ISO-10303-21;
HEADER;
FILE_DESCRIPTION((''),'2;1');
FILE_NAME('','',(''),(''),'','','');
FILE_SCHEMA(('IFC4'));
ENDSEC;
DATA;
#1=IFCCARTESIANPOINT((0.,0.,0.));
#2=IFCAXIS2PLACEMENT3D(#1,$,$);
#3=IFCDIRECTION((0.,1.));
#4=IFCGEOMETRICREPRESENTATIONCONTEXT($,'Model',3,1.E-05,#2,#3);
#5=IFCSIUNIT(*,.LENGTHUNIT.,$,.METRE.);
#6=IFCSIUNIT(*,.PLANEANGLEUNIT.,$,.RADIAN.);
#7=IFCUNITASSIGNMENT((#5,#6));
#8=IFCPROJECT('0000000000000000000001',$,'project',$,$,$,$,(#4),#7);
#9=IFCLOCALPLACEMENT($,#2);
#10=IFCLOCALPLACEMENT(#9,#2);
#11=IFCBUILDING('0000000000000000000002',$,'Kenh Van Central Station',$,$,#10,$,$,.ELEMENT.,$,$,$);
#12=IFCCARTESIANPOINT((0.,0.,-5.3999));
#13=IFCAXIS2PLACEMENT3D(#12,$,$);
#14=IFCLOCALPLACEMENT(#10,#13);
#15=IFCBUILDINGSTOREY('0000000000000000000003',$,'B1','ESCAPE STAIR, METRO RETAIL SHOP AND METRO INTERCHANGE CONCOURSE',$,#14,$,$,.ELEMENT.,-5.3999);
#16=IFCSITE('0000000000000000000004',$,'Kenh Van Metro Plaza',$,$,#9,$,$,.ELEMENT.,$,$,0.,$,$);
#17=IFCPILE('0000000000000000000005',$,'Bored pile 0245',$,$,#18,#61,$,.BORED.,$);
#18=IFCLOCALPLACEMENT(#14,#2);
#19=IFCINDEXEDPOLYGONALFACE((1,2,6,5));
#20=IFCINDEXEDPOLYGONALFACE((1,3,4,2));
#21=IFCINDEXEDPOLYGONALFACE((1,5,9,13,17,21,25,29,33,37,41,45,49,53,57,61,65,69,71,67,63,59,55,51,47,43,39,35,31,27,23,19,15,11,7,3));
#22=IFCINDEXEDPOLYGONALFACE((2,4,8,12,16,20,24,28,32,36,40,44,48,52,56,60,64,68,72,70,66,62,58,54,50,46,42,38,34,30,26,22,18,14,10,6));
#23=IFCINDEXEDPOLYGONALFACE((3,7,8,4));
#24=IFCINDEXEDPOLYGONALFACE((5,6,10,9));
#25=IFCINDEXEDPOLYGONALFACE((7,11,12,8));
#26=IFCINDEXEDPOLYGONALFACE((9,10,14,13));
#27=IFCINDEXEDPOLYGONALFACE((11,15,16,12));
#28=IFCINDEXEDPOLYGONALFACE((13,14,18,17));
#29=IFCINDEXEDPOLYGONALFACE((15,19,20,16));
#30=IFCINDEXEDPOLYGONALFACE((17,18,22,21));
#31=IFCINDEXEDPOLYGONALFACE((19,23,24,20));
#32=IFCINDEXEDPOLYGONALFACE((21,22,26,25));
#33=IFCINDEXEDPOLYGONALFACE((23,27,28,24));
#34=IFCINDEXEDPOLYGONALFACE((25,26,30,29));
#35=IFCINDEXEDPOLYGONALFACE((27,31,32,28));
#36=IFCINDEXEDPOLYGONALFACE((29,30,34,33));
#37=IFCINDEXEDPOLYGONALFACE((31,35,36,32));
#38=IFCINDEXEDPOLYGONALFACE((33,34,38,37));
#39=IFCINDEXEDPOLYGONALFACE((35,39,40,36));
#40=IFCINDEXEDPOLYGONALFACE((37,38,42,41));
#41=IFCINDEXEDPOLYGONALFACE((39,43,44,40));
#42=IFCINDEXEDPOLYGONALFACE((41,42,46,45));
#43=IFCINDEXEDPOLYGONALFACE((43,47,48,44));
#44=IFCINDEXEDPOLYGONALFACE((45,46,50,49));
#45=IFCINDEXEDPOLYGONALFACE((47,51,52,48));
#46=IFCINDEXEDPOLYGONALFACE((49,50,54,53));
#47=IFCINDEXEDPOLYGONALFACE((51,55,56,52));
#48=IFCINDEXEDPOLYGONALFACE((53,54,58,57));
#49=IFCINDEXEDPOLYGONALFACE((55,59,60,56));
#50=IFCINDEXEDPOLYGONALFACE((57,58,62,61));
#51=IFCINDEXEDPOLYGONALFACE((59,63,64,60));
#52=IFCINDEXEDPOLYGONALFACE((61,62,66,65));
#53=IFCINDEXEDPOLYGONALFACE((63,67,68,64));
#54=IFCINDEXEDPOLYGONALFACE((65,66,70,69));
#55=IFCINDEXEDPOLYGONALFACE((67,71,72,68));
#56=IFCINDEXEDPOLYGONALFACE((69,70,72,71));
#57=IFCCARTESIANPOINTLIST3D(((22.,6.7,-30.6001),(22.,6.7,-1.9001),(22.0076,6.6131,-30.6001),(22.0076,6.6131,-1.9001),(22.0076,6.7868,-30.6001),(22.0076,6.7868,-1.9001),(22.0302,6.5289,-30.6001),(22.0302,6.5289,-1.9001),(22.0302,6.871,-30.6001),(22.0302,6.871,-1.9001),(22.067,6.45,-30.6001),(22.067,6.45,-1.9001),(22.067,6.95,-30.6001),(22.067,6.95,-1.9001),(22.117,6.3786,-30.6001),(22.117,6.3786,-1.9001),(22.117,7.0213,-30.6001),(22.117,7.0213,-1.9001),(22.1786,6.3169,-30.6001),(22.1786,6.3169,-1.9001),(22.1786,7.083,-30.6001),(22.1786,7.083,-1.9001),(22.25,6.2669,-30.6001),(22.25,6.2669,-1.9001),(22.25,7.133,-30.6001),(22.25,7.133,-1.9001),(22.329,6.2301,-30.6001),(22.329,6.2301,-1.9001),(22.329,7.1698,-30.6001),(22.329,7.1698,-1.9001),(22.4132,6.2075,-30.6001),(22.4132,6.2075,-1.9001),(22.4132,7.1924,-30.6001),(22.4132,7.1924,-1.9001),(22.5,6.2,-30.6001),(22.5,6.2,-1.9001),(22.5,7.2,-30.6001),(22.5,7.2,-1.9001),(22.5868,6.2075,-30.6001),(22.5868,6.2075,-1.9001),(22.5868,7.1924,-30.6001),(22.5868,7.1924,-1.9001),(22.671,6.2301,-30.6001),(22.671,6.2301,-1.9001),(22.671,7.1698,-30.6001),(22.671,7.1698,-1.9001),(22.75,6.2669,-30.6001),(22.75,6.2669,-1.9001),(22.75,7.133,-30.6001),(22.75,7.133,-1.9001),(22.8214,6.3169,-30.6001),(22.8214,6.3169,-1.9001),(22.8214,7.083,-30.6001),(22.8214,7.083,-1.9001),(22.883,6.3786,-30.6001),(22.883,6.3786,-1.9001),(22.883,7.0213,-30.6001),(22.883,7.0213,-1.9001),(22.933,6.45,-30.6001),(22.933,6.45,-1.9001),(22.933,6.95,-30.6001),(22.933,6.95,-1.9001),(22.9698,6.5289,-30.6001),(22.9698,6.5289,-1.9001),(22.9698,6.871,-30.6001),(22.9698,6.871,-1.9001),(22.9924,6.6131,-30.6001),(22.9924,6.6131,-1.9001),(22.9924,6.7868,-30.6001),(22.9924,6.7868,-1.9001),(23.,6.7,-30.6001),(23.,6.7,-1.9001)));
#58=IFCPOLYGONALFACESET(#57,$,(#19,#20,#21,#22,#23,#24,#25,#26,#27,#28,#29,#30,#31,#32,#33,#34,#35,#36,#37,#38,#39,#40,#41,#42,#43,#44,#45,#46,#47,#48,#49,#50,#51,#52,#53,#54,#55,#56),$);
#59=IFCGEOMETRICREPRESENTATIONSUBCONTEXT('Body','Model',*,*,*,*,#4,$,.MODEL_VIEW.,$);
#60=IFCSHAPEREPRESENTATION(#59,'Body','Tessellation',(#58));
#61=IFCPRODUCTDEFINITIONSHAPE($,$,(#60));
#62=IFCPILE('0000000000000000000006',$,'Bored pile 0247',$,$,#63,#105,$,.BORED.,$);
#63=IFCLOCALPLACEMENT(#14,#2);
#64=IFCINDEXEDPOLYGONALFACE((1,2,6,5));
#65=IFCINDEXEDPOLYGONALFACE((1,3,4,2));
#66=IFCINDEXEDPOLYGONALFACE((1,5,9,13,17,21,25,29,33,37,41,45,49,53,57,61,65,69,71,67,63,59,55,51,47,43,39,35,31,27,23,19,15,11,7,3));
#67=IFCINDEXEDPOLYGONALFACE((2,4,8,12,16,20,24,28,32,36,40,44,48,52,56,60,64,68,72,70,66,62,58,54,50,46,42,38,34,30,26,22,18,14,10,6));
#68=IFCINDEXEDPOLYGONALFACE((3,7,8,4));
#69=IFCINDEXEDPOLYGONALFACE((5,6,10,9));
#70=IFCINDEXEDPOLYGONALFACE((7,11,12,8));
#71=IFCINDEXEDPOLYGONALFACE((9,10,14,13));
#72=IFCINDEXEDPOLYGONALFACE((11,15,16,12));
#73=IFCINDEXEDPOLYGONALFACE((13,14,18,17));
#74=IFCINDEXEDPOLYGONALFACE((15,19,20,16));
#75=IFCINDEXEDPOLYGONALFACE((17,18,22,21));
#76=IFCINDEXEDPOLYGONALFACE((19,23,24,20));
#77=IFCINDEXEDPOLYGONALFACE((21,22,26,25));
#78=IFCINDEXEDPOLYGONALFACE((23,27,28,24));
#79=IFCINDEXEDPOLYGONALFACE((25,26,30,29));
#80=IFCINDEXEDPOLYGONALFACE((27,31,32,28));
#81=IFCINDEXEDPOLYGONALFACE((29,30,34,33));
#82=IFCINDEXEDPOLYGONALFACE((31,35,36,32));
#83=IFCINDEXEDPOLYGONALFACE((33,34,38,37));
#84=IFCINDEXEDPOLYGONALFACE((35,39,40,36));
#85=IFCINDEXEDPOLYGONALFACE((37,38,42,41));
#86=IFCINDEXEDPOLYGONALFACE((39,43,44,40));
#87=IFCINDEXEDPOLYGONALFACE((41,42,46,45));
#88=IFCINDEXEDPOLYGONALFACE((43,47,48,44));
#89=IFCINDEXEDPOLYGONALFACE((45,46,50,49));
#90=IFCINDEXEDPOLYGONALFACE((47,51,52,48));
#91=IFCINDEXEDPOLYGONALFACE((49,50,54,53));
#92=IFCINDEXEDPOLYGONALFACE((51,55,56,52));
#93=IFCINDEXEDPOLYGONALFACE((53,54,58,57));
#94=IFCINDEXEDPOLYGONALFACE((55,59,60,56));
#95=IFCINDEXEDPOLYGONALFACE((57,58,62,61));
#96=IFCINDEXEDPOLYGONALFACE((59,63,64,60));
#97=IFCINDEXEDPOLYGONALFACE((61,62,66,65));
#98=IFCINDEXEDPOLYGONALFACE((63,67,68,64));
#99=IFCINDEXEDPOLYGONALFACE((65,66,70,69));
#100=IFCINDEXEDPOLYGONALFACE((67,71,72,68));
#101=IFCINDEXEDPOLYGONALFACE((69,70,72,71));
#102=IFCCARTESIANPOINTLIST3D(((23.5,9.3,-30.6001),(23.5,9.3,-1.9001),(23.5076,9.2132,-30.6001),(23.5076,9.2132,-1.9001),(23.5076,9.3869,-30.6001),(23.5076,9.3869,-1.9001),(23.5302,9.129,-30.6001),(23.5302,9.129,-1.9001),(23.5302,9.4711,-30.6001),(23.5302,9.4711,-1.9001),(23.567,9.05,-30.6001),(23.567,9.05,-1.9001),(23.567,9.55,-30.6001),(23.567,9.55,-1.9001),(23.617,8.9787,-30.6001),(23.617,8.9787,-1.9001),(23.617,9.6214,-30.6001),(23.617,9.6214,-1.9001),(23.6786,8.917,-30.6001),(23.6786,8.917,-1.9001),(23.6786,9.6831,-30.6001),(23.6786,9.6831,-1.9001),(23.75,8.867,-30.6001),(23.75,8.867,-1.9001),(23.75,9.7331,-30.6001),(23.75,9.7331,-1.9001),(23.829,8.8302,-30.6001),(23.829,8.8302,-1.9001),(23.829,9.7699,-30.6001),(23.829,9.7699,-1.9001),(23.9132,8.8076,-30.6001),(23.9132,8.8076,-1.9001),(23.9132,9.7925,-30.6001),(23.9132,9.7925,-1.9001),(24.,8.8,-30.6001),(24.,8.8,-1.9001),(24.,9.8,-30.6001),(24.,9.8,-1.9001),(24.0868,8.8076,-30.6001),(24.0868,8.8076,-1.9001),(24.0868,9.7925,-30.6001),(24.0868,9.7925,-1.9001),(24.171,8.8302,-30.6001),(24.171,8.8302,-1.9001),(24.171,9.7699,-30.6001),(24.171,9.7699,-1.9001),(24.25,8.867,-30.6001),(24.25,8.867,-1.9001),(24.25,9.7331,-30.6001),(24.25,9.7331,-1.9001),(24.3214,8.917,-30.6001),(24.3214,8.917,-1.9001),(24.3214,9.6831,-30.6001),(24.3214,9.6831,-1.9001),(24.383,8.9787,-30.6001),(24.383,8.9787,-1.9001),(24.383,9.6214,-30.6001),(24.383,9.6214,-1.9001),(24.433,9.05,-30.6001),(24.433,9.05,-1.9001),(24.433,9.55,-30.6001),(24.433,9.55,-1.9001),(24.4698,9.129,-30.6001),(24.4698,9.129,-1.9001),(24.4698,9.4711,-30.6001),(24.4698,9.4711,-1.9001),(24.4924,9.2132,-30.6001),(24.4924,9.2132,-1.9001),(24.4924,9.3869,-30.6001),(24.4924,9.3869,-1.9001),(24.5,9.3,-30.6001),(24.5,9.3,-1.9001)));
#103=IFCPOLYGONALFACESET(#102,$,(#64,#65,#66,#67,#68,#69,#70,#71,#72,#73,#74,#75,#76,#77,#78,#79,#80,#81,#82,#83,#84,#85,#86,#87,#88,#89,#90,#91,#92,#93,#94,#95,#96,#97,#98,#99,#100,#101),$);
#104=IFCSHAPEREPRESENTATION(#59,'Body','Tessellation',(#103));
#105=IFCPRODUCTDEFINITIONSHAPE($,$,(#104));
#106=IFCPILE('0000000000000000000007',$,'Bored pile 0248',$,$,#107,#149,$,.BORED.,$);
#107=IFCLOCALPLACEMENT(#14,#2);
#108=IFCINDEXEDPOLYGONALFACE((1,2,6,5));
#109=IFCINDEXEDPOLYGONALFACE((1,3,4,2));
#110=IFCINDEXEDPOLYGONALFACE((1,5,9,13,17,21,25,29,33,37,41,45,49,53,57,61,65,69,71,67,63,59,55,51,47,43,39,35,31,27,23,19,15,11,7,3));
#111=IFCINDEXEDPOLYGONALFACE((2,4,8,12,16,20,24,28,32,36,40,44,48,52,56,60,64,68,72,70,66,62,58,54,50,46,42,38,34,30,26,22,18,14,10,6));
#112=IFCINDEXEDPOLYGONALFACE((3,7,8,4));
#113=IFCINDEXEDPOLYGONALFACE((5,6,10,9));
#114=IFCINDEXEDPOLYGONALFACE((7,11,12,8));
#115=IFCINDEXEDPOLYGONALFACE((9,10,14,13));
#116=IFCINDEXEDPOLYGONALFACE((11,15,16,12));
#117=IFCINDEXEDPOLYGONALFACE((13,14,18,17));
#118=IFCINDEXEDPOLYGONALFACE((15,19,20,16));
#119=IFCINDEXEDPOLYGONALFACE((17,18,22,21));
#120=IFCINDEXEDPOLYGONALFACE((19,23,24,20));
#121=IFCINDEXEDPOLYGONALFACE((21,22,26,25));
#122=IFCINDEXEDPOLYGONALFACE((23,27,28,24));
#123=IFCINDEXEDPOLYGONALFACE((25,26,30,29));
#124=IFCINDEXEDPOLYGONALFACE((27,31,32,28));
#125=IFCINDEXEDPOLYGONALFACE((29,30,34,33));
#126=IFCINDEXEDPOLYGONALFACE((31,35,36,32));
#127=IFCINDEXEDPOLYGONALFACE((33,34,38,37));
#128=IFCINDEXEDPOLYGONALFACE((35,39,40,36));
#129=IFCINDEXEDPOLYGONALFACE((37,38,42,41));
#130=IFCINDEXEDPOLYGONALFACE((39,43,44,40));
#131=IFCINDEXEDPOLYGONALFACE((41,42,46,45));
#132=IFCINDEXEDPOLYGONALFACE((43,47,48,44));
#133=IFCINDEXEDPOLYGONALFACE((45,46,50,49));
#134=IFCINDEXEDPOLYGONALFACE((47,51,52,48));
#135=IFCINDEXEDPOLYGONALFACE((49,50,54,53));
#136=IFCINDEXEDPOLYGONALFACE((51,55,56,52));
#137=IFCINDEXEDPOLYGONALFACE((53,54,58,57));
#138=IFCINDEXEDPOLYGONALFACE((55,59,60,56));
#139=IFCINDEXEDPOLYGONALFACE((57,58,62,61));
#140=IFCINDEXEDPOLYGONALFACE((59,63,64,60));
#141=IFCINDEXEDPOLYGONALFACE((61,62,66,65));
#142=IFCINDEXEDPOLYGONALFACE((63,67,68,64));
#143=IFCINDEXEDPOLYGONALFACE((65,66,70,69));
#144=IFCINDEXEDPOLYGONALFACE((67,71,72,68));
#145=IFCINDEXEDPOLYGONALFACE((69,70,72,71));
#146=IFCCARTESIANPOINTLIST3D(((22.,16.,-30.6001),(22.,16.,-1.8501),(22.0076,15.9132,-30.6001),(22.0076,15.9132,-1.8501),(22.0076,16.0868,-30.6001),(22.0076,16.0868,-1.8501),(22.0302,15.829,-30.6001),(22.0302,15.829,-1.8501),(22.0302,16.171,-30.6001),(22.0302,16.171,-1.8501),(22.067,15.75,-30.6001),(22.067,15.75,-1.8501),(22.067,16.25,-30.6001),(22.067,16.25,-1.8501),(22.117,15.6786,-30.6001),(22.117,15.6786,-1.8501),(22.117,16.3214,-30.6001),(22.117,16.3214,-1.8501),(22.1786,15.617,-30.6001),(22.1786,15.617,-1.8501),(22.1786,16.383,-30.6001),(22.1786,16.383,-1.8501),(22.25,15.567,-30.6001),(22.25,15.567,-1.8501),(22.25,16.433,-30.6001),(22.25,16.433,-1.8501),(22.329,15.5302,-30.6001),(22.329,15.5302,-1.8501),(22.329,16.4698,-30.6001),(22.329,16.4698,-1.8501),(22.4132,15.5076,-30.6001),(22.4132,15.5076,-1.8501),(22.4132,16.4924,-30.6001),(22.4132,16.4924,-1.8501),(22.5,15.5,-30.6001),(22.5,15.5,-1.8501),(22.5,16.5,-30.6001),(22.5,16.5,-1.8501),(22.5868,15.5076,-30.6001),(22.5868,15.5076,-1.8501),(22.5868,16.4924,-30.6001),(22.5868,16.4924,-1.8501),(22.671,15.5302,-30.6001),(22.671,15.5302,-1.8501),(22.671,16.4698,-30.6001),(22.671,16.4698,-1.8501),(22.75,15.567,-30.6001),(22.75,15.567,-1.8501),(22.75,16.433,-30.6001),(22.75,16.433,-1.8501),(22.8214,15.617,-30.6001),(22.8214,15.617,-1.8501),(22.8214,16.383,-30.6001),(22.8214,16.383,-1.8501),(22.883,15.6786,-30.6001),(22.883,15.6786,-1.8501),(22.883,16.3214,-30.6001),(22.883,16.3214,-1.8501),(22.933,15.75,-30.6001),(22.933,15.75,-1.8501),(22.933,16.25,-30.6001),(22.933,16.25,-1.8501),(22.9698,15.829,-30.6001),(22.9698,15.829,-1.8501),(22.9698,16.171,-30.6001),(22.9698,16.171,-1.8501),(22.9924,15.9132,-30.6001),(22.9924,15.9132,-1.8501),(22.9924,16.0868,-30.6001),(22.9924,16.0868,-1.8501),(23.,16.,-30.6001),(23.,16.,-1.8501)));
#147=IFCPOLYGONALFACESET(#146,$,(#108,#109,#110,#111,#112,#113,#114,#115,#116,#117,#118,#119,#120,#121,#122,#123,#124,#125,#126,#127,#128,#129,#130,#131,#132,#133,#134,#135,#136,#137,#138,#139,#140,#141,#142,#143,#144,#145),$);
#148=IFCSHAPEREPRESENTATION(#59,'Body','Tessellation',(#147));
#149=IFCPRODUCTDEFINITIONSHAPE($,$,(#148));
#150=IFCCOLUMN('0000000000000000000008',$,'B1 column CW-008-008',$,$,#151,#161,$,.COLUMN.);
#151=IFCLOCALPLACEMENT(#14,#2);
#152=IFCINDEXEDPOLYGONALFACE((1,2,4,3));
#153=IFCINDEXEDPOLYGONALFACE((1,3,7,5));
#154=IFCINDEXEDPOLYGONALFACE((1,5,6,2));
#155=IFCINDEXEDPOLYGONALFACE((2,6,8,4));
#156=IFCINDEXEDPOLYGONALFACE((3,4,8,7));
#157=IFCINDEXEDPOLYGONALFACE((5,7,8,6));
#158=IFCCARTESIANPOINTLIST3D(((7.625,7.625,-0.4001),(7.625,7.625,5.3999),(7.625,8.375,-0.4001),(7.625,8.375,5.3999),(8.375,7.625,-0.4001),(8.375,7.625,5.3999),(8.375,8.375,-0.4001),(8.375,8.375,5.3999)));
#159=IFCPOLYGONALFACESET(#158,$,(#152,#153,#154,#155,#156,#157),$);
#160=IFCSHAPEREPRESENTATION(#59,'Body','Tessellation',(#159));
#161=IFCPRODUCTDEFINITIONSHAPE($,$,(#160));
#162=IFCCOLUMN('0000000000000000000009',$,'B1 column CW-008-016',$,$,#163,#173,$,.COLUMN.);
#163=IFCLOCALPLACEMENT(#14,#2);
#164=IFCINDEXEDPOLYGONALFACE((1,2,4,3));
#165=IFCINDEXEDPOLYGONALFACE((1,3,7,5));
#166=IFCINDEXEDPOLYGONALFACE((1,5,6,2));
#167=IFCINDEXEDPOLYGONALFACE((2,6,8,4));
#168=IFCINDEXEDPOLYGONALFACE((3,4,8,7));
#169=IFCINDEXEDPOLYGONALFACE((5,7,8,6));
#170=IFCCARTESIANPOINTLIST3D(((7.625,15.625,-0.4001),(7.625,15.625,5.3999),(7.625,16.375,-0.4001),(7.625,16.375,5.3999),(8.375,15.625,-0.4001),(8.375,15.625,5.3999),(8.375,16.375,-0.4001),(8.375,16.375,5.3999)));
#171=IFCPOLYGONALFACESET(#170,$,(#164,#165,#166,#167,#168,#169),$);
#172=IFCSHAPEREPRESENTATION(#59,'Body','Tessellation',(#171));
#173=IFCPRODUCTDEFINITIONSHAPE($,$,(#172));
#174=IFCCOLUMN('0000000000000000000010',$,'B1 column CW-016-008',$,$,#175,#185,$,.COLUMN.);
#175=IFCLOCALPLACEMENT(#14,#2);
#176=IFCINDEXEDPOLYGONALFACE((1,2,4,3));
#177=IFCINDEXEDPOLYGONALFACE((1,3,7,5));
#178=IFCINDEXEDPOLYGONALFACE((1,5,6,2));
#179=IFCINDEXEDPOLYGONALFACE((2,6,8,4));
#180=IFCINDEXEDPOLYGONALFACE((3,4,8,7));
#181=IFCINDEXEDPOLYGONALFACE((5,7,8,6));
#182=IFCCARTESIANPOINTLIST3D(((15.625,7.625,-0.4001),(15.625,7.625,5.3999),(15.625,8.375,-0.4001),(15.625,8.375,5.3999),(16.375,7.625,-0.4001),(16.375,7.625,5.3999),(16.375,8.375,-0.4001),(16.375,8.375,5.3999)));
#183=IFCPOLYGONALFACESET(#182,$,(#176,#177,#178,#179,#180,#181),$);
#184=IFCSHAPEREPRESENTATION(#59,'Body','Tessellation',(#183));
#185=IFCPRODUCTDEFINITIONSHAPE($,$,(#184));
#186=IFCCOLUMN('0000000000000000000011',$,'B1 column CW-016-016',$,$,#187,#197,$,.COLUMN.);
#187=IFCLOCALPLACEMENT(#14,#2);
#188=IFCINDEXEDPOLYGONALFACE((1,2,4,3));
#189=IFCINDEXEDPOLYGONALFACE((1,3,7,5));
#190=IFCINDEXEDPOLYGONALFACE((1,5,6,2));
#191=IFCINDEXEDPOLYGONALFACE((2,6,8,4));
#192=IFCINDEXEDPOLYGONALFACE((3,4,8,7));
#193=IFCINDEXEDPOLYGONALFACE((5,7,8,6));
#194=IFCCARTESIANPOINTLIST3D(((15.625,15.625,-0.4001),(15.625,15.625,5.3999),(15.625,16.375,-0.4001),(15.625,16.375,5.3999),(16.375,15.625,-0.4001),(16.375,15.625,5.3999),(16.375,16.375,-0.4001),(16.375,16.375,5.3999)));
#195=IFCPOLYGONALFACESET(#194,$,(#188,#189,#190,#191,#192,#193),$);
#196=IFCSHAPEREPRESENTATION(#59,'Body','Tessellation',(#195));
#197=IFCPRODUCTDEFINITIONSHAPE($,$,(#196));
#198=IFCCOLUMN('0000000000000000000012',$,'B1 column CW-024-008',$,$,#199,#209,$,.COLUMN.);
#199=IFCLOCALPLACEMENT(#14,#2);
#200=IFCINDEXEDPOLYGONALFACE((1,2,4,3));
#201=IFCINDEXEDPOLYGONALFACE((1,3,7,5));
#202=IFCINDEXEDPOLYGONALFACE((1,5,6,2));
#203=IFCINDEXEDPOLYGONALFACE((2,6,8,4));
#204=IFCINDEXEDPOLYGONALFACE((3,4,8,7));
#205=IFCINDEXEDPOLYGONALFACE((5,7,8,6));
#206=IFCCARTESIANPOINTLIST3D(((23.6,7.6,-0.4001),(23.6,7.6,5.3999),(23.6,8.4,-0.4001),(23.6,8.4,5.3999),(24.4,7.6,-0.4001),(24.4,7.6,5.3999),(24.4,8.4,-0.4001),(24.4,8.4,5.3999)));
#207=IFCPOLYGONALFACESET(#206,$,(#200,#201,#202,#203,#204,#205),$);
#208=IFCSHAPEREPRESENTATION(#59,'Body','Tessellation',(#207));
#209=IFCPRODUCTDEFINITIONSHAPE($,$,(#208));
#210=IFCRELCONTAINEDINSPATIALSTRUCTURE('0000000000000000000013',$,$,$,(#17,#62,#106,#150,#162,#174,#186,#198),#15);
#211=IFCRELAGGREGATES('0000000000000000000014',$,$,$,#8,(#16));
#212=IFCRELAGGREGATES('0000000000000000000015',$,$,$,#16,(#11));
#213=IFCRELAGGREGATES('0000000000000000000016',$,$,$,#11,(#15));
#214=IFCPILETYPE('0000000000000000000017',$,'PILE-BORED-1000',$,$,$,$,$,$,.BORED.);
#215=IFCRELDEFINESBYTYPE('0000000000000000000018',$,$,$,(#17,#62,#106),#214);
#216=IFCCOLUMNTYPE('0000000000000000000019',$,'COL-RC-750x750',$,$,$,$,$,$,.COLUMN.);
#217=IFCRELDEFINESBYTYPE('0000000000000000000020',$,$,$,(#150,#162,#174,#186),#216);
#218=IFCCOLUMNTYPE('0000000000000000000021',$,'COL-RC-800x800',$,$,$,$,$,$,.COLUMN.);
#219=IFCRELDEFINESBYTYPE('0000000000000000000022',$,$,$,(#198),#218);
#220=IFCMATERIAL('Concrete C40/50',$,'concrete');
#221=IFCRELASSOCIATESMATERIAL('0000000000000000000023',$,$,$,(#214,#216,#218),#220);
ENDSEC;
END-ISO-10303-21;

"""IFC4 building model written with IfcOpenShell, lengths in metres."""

from ifc_helpers import new_model, si_unit, direction, frame, origin, origin_2d, place, context, subcontext, project, spatial, rectangle, circle, extrude, material, material_profile, profile_set, type_object, element, save


model = new_model("IFC4")

# Units and contexts
model_context = context("Model", 3, precision=1e-05, world=origin(), true_north=direction((0.0, 1.0)))
body_context = subcontext(model_context, "Body", "Model", "MODEL_VIEW")
ifc_project = project(units=[si_unit("LENGTHUNIT", "METRE"), si_unit("PLANEANGLEUNIT", "RADIAN")], contexts=[model_context])

# Site, building, storey
site_placement = place(None, origin())
site = spatial("IfcSite", under=ifc_project, at=site_placement, Name="Kenh Van Metro Plaza", CompositionType="ELEMENT", RefElevation=0.0)
building_placement = place(site_placement, origin())
building = spatial("IfcBuilding", under=site, at=building_placement, Name="Kenh Van Central Station", CompositionType="ELEMENT")
storey_placement = place(building_placement, frame((0.0, 0.0, -5.3999)))
storey = spatial("IfcBuildingStorey", under=building, at=storey_placement, Name="B1", Description="ESCAPE STAIR, METRO RETAIL SHOP AND METRO INTERCHANGE CONCOURSE", CompositionType="ELEMENT", Elevation=-5.3999)

# Shared definitions
ifc_material_1 = material(Name="Concrete C40/50", Category="concrete")

# Piles
ifc_material_profile_1 = material_profile(ifc_material_1, circle(Radius=0.5, at=origin_2d()), Name="PILE D1000")
ifc_profile_set_1 = profile_set([ifc_material_profile_1], Name="Concrete C40/50")
pile_type = type_object("IfcPileType", Name="PILE-BORED-1000", PredefinedType="BORED", material=ifc_profile_set_1)
for number, where, z_axis, x_axis, name in (
    (1, (22.5, 6.7, -1.9001), (0.0, 0.0, -1.0), (1.0, 0.0, 0.0), "Bored pile 0245"),
    (2, (24.0, 9.3, -1.9001), (0.0, 0.0, -1.0), (1.0, 0.0, 0.0), "Bored pile 0247"),
):
    element("IfcPile", number, at=place(storey_placement, frame(where, z_axis=z_axis, x_axis=x_axis)), inside=storey, type_object=pile_type, Name=name, PredefinedType="BORED", context=body_context, shape_type="SweptSolid", body=[
        extrude(circle(Radius=0.5, at=origin_2d()), origin(), (0.0, 0.0, 1.0), 28.7),
    ])
pile_placement = place(storey_placement, frame((22.5, 16.0, -1.8501), z_axis=(0.0, 0.0, -1.0), x_axis=(1.0, 0.0, 0.0)))
element("IfcPile", 3, at=pile_placement, inside=storey, type_object=pile_type, Name="Bored pile 0248", PredefinedType="BORED", context=body_context, shape_type="SweptSolid", body=[
    extrude(circle(Radius=0.5, at=origin_2d()), origin(), (0.0, 0.0, 1.0), 28.75),
])

# Columns
ifc_material_profile_2 = material_profile(ifc_material_1, rectangle(XDim=0.75, YDim=0.75, at=origin_2d()), Name="RC 750x750")
ifc_profile_set_2 = profile_set([ifc_material_profile_2], Name="Concrete C40/50")
column_type_1 = type_object("IfcColumnType", Name="COL-RC-750x750", PredefinedType="COLUMN", material=ifc_profile_set_2)
for number, where, z_axis, x_axis, name in (
    (4, (8.0, 8.0, -0.4001), (0.0, 0.0, 1.0), (1.0, 0.0, 0.0), "B1 column CW-008-008"),
    (5, (8.0, 16.0, -0.4001), (0.0, 0.0, 1.0), (1.0, 0.0, 0.0), "B1 column CW-008-016"),
    (6, (16.0, 8.0, -0.4001), (0.0, 0.0, 1.0), (1.0, 0.0, 0.0), "B1 column CW-016-008"),
    (7, (16.0, 16.0, -0.4001), (0.0, 0.0, 1.0), (1.0, 0.0, 0.0), "B1 column CW-016-016"),
):
    element("IfcColumn", number, at=place(storey_placement, frame(where, z_axis=z_axis, x_axis=x_axis)), inside=storey, type_object=column_type_1, Name=name, PredefinedType="COLUMN", context=body_context, shape_type="SweptSolid", body=[
        extrude(rectangle(XDim=0.75, YDim=0.75, at=origin_2d()), origin(), (0.0, 0.0, 1.0), 5.8),
    ])
ifc_material_profile_3 = material_profile(ifc_material_1, rectangle(XDim=0.8, YDim=0.8, at=origin_2d()), Name="RC 800x800")
ifc_profile_set_3 = profile_set([ifc_material_profile_3], Name="Concrete C40/50")
column_type_2 = type_object("IfcColumnType", Name="COL-RC-800x800", PredefinedType="COLUMN", material=ifc_profile_set_3)
for number, where, z_axis, x_axis, name in (
    (8, (24.0, 8.0, -0.4001), (0.0, 0.0, 1.0), (1.0, 0.0, 0.0), "B1 column CW-024-008"),
):
    element("IfcColumn", number, at=place(storey_placement, frame(where, z_axis=z_axis, x_axis=x_axis)), inside=storey, type_object=column_type_2, Name=name, PredefinedType="COLUMN", context=body_context, shape_type="SweptSolid", body=[
        extrude(rectangle(XDim=0.8, YDim=0.8, at=origin_2d()), origin(), (0.0, 0.0, 1.0), 5.8),
    ])

save(model, "model.ifc")
